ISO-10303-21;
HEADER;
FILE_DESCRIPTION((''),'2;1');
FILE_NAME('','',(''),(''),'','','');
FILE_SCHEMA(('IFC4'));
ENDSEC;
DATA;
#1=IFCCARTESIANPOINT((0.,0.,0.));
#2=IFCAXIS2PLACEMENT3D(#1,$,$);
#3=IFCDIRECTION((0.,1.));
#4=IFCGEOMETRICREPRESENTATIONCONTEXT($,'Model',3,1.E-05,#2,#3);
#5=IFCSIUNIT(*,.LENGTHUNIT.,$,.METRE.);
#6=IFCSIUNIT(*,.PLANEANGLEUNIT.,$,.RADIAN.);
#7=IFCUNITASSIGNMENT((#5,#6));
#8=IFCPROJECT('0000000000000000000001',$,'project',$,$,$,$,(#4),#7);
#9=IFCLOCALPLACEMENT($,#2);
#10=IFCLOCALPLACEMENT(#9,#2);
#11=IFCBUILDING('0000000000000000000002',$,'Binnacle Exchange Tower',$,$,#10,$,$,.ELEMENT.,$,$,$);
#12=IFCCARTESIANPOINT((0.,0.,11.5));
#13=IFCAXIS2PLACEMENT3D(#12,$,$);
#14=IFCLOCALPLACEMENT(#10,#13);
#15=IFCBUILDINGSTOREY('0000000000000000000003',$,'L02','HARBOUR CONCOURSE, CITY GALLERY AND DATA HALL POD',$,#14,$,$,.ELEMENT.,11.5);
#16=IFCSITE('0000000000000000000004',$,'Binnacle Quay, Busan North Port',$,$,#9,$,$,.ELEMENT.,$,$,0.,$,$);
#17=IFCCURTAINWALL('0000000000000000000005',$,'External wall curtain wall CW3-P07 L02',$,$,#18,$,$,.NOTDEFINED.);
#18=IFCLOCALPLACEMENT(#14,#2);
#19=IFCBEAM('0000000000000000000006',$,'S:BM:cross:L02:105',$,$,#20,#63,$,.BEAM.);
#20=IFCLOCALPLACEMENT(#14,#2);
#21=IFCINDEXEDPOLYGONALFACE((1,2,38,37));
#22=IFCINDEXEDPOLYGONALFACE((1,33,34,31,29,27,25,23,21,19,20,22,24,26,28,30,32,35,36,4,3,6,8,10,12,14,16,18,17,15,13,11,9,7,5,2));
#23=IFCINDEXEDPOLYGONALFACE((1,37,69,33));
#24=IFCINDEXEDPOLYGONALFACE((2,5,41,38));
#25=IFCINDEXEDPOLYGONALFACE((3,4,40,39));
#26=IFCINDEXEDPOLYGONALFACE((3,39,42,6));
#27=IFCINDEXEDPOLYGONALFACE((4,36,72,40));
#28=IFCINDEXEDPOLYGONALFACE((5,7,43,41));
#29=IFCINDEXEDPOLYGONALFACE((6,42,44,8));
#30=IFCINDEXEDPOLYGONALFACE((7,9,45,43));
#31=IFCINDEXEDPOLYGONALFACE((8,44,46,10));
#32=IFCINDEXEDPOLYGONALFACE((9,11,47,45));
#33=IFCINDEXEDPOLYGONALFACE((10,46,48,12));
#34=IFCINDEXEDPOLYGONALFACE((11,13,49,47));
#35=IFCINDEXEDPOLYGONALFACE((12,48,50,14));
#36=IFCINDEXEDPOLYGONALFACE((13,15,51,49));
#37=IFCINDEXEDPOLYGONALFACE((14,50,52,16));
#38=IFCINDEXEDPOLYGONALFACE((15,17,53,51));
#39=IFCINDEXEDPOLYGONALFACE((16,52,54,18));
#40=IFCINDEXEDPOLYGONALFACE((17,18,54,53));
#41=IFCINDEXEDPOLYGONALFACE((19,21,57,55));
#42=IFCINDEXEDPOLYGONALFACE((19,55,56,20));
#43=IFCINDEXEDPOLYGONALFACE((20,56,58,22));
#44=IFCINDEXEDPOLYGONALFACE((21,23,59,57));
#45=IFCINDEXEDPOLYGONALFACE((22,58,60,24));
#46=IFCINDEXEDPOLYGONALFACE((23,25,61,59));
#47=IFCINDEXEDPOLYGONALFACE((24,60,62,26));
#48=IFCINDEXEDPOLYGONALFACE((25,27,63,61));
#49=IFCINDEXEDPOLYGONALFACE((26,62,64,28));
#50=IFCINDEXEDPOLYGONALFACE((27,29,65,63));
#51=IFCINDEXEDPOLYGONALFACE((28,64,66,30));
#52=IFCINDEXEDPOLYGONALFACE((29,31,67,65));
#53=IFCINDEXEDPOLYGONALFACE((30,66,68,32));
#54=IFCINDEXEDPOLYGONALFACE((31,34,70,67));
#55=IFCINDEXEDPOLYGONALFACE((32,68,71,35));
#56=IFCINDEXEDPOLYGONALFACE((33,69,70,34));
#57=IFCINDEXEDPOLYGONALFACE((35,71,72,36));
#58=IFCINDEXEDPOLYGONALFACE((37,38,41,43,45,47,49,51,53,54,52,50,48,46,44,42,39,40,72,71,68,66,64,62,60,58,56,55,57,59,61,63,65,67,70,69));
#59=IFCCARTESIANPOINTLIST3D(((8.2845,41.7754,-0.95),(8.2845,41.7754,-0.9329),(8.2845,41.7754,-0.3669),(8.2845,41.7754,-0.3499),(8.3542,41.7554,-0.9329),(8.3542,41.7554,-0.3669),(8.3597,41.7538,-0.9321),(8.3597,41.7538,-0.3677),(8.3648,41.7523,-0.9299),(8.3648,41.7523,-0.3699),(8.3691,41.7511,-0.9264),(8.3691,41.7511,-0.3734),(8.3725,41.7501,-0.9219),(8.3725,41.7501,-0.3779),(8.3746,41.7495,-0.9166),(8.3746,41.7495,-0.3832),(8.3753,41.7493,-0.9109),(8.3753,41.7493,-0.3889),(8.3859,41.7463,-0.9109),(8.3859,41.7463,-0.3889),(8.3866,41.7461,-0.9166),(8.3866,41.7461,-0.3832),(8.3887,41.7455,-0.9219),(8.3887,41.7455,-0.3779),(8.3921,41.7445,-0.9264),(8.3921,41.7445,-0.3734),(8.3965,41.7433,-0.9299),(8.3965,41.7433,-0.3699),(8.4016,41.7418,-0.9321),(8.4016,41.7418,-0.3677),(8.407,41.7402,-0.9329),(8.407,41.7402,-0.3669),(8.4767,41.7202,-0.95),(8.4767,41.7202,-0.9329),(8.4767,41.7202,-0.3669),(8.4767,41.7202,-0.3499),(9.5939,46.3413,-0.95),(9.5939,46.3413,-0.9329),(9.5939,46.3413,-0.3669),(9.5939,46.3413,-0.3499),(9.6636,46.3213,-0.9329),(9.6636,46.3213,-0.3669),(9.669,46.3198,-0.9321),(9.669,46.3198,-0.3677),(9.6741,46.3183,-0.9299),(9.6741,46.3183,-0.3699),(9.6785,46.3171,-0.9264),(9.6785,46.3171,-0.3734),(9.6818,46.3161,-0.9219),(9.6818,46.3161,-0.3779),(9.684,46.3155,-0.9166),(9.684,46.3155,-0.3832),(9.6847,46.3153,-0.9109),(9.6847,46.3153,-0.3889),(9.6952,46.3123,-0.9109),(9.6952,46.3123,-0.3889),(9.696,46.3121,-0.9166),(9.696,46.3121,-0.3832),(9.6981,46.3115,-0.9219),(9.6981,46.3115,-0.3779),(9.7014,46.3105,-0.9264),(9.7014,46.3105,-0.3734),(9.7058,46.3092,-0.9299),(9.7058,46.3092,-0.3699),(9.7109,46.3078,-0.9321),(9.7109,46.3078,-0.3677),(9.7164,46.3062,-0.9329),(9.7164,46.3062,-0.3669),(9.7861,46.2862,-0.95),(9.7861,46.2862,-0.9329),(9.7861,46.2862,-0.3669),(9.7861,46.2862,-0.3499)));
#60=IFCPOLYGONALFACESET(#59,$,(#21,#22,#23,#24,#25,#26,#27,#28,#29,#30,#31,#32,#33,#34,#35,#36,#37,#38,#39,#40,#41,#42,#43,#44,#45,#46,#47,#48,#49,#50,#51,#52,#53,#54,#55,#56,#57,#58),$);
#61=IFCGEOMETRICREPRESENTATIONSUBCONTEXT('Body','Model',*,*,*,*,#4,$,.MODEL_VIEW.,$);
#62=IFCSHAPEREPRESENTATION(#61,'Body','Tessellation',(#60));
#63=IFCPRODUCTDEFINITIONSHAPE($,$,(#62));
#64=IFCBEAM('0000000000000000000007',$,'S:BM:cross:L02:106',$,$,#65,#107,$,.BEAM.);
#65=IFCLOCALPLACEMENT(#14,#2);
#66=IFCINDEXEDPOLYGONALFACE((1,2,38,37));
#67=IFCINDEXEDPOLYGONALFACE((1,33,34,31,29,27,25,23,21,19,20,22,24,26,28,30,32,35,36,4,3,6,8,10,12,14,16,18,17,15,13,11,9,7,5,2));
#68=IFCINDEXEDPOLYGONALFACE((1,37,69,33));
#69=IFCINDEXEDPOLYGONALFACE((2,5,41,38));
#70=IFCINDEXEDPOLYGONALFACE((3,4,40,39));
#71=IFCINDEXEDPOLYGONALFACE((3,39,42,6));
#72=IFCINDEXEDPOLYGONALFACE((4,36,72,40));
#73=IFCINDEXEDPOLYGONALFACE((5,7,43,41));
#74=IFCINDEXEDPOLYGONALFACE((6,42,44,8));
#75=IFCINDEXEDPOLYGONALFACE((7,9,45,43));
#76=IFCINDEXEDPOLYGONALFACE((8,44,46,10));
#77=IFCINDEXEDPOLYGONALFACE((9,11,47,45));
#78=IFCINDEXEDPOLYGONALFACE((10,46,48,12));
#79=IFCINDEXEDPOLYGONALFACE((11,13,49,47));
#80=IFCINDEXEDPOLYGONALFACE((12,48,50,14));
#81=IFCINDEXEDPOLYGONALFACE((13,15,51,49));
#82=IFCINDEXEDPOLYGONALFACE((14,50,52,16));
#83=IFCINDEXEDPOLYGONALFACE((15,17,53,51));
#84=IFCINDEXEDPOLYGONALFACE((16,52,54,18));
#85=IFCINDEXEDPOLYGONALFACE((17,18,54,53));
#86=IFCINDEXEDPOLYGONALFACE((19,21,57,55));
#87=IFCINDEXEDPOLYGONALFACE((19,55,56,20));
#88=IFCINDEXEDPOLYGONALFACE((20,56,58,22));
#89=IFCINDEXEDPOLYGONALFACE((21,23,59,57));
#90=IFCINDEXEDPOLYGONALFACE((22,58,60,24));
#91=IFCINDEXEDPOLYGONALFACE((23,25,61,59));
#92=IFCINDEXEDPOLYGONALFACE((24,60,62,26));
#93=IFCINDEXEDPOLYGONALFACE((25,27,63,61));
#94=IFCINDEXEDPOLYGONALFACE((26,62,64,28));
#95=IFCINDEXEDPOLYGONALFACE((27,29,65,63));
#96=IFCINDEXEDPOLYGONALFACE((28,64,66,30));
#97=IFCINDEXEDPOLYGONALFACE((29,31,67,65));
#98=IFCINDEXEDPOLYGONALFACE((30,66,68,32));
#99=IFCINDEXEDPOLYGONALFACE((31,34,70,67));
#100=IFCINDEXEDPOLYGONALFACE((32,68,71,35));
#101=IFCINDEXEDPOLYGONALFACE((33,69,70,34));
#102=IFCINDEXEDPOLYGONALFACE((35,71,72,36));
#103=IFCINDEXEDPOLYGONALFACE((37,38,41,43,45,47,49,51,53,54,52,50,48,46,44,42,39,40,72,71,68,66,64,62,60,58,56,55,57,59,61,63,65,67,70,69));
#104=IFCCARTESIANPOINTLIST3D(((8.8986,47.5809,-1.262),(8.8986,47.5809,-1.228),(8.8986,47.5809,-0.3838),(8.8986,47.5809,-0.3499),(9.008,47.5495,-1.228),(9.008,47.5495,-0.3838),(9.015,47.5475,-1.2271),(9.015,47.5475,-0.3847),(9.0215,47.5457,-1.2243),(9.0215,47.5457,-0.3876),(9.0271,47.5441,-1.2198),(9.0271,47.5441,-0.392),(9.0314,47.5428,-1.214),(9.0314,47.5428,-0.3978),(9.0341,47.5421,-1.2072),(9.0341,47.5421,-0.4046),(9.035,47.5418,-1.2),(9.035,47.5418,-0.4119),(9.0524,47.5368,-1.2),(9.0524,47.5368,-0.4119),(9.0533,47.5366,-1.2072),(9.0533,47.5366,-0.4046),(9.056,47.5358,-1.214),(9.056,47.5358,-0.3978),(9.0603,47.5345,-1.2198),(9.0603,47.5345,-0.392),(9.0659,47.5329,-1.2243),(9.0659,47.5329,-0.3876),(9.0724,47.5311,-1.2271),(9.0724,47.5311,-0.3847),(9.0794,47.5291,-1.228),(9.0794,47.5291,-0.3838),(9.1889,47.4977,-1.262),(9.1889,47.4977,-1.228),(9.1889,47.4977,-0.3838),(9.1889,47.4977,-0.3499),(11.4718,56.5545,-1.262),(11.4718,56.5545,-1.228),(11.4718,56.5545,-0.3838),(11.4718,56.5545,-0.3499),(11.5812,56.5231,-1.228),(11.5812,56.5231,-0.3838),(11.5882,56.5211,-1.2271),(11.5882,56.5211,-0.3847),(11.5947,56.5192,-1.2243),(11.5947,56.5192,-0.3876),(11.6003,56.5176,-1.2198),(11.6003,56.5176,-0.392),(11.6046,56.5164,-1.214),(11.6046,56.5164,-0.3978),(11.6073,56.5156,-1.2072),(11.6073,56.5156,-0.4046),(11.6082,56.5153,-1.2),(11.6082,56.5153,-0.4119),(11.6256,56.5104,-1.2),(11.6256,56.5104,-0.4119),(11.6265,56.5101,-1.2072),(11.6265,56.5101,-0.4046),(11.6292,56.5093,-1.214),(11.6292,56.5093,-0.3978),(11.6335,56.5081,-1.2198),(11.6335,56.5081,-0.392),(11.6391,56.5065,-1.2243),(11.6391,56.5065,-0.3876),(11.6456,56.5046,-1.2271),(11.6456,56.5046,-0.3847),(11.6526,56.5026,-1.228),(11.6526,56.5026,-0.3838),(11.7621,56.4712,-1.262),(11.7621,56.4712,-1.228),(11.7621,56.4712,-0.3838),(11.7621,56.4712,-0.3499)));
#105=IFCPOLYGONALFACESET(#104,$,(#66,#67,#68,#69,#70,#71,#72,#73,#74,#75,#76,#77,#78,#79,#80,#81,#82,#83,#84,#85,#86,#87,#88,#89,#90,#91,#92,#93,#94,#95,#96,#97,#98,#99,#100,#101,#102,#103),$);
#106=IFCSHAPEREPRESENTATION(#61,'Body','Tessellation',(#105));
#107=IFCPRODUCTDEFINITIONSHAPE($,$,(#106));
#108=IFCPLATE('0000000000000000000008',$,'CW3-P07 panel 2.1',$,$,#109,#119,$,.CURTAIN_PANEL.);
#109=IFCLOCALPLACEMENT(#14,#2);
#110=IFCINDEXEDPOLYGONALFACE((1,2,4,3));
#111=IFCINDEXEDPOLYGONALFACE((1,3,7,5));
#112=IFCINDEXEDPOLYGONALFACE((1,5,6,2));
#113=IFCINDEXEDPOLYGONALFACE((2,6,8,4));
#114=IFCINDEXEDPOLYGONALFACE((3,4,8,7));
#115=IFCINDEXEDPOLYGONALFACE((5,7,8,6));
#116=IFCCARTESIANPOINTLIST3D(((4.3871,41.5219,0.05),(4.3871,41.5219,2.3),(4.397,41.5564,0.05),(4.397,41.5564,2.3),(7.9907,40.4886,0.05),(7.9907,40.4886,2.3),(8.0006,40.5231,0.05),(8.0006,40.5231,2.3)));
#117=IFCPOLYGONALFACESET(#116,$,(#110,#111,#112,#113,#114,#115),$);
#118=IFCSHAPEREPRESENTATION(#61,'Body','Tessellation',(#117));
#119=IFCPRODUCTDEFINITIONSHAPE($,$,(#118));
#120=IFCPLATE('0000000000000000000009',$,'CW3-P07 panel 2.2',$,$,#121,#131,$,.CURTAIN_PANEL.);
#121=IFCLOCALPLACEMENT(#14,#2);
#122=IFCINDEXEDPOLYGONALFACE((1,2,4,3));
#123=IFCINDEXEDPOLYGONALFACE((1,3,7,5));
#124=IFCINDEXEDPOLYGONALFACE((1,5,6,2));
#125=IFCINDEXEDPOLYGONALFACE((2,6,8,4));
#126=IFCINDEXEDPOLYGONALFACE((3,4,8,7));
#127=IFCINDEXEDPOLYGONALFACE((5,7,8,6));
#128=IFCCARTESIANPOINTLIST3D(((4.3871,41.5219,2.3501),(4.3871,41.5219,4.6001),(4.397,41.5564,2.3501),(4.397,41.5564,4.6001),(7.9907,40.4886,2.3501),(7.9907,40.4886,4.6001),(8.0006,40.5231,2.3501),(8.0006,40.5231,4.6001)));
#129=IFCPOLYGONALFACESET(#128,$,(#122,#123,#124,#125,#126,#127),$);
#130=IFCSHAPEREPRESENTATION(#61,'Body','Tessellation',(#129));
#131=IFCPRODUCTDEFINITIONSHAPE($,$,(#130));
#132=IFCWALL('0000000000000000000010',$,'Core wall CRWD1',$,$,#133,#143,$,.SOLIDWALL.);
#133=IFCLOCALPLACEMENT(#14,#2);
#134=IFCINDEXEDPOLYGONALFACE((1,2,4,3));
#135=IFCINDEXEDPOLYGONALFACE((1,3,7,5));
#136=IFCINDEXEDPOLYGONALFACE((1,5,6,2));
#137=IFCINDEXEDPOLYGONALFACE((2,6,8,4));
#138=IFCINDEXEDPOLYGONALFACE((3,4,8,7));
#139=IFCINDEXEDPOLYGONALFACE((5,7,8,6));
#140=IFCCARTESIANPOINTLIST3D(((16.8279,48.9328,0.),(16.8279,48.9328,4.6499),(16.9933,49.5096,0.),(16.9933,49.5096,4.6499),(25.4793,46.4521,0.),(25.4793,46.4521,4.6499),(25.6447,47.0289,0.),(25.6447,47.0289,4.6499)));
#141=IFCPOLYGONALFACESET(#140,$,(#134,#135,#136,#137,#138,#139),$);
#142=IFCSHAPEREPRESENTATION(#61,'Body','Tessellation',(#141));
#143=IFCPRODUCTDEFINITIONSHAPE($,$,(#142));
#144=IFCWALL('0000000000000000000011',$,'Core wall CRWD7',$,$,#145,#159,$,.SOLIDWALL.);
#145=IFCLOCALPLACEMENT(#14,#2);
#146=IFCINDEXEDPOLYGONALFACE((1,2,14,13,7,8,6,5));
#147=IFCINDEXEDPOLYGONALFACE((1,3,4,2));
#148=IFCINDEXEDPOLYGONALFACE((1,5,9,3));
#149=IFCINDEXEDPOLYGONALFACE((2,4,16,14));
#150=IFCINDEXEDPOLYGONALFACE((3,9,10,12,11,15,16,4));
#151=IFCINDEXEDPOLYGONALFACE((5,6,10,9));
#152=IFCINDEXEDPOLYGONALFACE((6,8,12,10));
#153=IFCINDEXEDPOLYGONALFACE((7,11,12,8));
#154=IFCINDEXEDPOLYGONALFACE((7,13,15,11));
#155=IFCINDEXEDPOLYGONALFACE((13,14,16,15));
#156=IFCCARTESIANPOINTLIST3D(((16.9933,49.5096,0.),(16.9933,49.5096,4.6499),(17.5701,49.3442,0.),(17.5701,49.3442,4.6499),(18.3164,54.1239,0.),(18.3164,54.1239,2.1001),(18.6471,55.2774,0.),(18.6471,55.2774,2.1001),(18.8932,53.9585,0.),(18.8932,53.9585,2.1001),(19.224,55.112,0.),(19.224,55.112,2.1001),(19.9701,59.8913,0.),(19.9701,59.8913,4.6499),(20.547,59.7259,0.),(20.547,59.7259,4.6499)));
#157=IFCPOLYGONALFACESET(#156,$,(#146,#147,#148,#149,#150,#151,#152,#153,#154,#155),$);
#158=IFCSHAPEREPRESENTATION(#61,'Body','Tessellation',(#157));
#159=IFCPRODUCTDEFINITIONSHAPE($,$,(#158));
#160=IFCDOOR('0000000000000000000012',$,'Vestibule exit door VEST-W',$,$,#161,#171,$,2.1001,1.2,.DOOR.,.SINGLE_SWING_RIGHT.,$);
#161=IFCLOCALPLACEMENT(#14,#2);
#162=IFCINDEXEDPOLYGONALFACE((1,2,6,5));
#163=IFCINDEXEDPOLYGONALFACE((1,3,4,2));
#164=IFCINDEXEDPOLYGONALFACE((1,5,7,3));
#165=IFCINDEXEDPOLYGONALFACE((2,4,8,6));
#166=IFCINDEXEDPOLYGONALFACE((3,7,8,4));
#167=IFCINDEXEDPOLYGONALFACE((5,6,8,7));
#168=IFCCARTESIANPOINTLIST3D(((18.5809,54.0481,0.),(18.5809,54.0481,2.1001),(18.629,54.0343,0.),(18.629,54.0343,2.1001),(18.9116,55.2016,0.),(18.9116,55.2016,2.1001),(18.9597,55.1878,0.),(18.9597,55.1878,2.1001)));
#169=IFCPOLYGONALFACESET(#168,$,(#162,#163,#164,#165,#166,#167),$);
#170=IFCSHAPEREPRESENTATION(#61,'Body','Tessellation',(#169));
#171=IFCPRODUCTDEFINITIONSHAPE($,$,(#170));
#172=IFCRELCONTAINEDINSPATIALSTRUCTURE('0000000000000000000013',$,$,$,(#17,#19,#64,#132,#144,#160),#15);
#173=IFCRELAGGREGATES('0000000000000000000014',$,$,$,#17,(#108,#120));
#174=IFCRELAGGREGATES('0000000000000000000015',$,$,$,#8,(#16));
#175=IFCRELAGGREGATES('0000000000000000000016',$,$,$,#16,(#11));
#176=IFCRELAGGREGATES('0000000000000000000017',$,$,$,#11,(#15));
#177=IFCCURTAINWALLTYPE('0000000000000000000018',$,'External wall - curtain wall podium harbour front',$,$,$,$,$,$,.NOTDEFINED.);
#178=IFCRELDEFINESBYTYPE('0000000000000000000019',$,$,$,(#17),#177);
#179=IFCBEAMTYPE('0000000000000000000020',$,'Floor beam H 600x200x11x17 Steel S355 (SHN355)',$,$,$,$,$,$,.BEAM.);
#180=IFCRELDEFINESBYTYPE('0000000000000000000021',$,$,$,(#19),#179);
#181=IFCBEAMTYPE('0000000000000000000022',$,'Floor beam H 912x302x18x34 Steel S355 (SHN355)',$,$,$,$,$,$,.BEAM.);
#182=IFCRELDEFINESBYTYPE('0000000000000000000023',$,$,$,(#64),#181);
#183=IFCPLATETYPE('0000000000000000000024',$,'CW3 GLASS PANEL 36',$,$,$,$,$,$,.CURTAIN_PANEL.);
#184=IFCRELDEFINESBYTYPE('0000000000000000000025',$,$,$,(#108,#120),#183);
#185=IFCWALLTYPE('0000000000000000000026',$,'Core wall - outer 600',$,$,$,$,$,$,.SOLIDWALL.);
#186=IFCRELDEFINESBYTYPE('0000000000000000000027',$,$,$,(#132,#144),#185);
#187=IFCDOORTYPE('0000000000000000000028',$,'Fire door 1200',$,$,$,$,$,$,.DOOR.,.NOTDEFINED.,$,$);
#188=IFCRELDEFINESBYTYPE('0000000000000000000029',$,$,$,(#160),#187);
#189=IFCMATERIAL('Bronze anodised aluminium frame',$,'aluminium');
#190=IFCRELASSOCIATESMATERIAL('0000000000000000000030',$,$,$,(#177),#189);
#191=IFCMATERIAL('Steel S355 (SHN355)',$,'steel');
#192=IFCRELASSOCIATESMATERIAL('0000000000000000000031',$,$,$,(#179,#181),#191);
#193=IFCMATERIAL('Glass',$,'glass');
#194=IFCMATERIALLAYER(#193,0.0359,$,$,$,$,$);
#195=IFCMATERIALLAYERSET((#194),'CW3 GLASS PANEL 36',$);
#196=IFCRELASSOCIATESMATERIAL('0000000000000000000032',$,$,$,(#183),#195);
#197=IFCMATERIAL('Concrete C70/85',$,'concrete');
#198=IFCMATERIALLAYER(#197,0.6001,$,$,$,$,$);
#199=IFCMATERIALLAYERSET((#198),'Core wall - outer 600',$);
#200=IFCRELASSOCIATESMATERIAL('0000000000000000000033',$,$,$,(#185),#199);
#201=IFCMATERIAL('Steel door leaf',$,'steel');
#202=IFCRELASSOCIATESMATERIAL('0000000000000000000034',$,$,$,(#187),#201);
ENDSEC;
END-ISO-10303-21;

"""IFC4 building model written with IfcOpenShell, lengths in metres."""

from ifc_helpers import new_model, si_unit, direction, frame, frame_2d, origin, origin_2d, place, context, subcontext, project, spatial, rectangle, i_section, extrude, material, layer, layer_set, material_profile, profile_set, type_object, element, fill, aggregate, save


model = new_model("IFC4")

# Units and contexts
model_context = context("Model", 3, precision=1e-05, world=origin(), true_north=direction((0.0, 1.0)))
body_context = subcontext(model_context, "Body", "Model", "MODEL_VIEW")
ifc_project = project(units=[si_unit("LENGTHUNIT", "METRE"), si_unit("PLANEANGLEUNIT", "RADIAN")], contexts=[model_context])

# Site, building, storey
site_placement = place(None, origin())
site = spatial("IfcSite", under=ifc_project, at=site_placement, Name="Binnacle Quay, Busan North Port", CompositionType="ELEMENT", RefElevation=0.0)
building_placement = place(site_placement, origin())
building = spatial("IfcBuilding", under=site, at=building_placement, Name="Binnacle Exchange Tower", CompositionType="ELEMENT")
storey_placement = place(building_placement, frame((0.0, 0.0, 11.5)))
storey = spatial("IfcBuildingStorey", under=building, at=storey_placement, Name="L02", Description="HARBOUR CONCOURSE, CITY GALLERY AND DATA HALL POD", CompositionType="ELEMENT", Elevation=11.5)

# Shared definitions
ifc_material_1 = material(Name="Concrete C70/85", Category="concrete")

# Curtain wall
ifc_material_2 = material(Name="Bronze anodised aluminium frame", Category="aluminium")
curtain_wall_type = type_object("IfcCurtainWallType", Name="External wall - curtain wall podium harbour front", PredefinedType="NOTDEFINED", material=ifc_material_2)
curtain_wall_placement = place(storey_placement, origin())
curtain_wall = element("IfcCurtainWall", 1, at=curtain_wall_placement, inside=storey, type_object=curtain_wall_type, Name="External wall curtain wall CW3-P07 L02", PredefinedType="NOTDEFINED")

# Beams
ifc_material_3 = material(Name="Steel S355 (SHN355)", Category="steel")
ifc_material_profile_1 = material_profile(ifc_material_3, i_section(OverallWidth=0.2, OverallDepth=0.6001, WebThickness=0.011, FlangeThickness=0.0171, FilletRadius=0.022, at=origin_2d()), Name="H 600x200x11x17")
ifc_profile_set_1 = profile_set([ifc_material_profile_1], Name="Steel S355 (SHN355)")
beam_type_1 = type_object("IfcBeamType", Name="Floor beam H 600x200x11x17 Steel S355 (SHN355)", PredefinedType="BEAM", material=ifc_profile_set_1)
beam_1_placement = place(storey_placement, frame((8.3806, 41.7478, -0.6499), z_axis=(0.275651, 0.961258, 0.0), x_axis=(-0.961258, 0.275651, 0.0)))
element("IfcBeam", 2, at=beam_1_placement, inside=storey, type_object=beam_type_1, Name="S:BM:cross:L02:105", PredefinedType="BEAM", context=body_context, shape_type="SweptSolid", body=[
    extrude(i_section(OverallWidth=0.2, OverallDepth=0.6001, WebThickness=0.011, FlangeThickness=0.0171, FilletRadius=0.022, at=origin_2d()), origin(), (0.0, 0.0, 1.0), 4.75),
])
ifc_material_profile_2 = material_profile(ifc_material_3, i_section(OverallWidth=0.302, OverallDepth=0.9121, WebThickness=0.0181, FlangeThickness=0.0339, FilletRadius=0.0281, at=origin_2d()), Name="H 912x302x18x34")
ifc_profile_set_2 = profile_set([ifc_material_profile_2], Name="Steel S355 (SHN355)")
beam_type_2 = type_object("IfcBeamType", Name="Floor beam H 912x302x18x34 Steel S355 (SHN355)", PredefinedType="BEAM", material=ifc_profile_set_2)
beam_2_placement = place(storey_placement, frame((9.0437, 47.5393, -0.8059), z_axis=(0.275647, 0.961259, 0.0), x_axis=(-0.961259, 0.275647, 0.0)))
element("IfcBeam", 3, at=beam_2_placement, inside=storey, type_object=beam_type_2, Name="S:BM:cross:L02:106", PredefinedType="BEAM", context=body_context, shape_type="SweptSolid", body=[
    extrude(i_section(OverallWidth=0.302, OverallDepth=0.9121, WebThickness=0.0181, FlangeThickness=0.0339, FilletRadius=0.0281, at=origin_2d()), origin(), (0.0, 0.0, 1.0), 9.3352),
])

# Plates
ifc_material_4 = material(Name="Glass", Category="glass")
ifc_layer_1 = layer(ifc_material_4, 0.0359)
ifc_layer_set_1 = layer_set([ifc_layer_1], Name="CW3 GLASS PANEL 36")
plate_type = type_object("IfcPlateType", Name="CW3 GLASS PANEL 36", PredefinedType="CURTAIN_PANEL", material=ifc_layer_set_1)
plate_1_placement = place(storey_placement, frame((6.1938, 41.0225, 0.05), z_axis=(0.0, 0.0, 1.0), x_axis=(0.961262, -0.275637, 0.0)))
plate_1 = element("IfcPlate", 4, at=plate_1_placement, type_object=plate_type, Name="CW3-P07 panel 2.1", PredefinedType="CURTAIN_PANEL", context=body_context, shape_type="SweptSolid", body=[
    extrude(rectangle(XDim=3.7488, YDim=0.0359, at=origin_2d()), origin(), (0.0, 0.0, 1.0), 2.25),
])
plate_2_placement = place(storey_placement, frame((6.1938, 41.0225, 2.3501), z_axis=(0.0, 0.0, 1.0), x_axis=(0.961262, -0.275637, 0.0)))
plate_2 = element("IfcPlate", 5, at=plate_2_placement, type_object=plate_type, Name="CW3-P07 panel 2.2", PredefinedType="CURTAIN_PANEL", context=body_context, shape_type="SweptSolid", body=[
    extrude(rectangle(XDim=3.7488, YDim=0.0359, at=origin_2d()), origin(), (0.0, 0.0, 1.0), 2.25),
])
aggregate(curtain_wall, [plate_1, plate_2])

# Wall
ifc_layer_2 = layer(ifc_material_1, 0.6001)
ifc_layer_set_2 = layer_set([ifc_layer_2], Name="Core wall - outer 600")
wall_type_1 = type_object("IfcWallType", Name="Core wall - outer 600", PredefinedType="SOLIDWALL", material=ifc_layer_set_2)
wall_1_placement = place(storey_placement, frame((16.9106, 49.2212, 0.0), z_axis=(0.0, 0.0, 1.0), x_axis=(0.961262, -0.275635, 0.0)))
element("IfcWall", 6, at=wall_1_placement, inside=storey, type_object=wall_type_1, Name="Core wall CRWD1", PredefinedType="SOLIDWALL", context=body_context, shape_type="SweptSolid", body=[
    extrude(rectangle(XDim=9.0, YDim=0.6001, at=frame_2d((4.5, 0.0))), origin(), (0.0, 0.0, 1.0), 4.6499),
])

# Wall, opening, door
wall_2_placement = place(storey_placement, frame((17.2817, 49.427, 0.0), z_axis=(0.0, 0.0, 1.0), x_axis=(0.275632, 0.961263, 0.0)))
wall_2 = element("IfcWall", 7, at=wall_2_placement, inside=storey, type_object=wall_type_1, Name="Core wall CRWD7", PredefinedType="SOLIDWALL", context=body_context, shape_type="SweptSolid", body=[
    extrude(rectangle(XDim=10.8, YDim=0.6001, at=frame_2d((5.3999, 0.0))), origin(), (0.0, 0.0, 1.0), 4.6499),
])
opening_1_placement = place(wall_2_placement, frame((4.8, 0.0, 0.0)))
opening_1 = element("IfcOpeningElement", 8, at=opening_1_placement, cuts=wall_2, PredefinedType="OPENING", context=body_context, shape_type="SweptSolid", body=[
    extrude(rectangle(XDim=1.2, YDim=2.1001, at=frame_2d((0.6001, 1.05))), frame((0.0, 0.3101, 0.0), z_axis=(0.0, -1.0, 0.0), x_axis=(1.0, 0.0, 0.0)), (0.0, 0.0, 1.0), 0.6201),
])
ifc_material_5 = material(Name="Steel door leaf", Category="steel")
door_type_1 = type_object("IfcDoorType", Name="Fire door 1200", OperationType="NOTDEFINED", PredefinedType="DOOR", material=ifc_material_5)
door_1_placement = place(opening_1_placement, origin())
door_1 = element("IfcDoor", 9, at=door_1_placement, inside=storey, type_object=door_type_1, Name="Vestibule exit door VEST-W", OperationType="SINGLE_SWING_RIGHT", OverallHeight=2.1001, OverallWidth=1.2, PredefinedType="DOOR", context=body_context, shape_type="SweptSolid", body=[
    extrude(rectangle(XDim=1.2, YDim=2.1001, at=frame_2d((0.6001, 1.05))), frame((0.0, 0.0249, 0.0), z_axis=(0.0, -1.0, 0.0), x_axis=(1.0, 0.0, 0.0)), (0.0, 0.0, 1.0), 0.05),
])
fill(opening_1, door_1)

save(model, "model.ifc")
